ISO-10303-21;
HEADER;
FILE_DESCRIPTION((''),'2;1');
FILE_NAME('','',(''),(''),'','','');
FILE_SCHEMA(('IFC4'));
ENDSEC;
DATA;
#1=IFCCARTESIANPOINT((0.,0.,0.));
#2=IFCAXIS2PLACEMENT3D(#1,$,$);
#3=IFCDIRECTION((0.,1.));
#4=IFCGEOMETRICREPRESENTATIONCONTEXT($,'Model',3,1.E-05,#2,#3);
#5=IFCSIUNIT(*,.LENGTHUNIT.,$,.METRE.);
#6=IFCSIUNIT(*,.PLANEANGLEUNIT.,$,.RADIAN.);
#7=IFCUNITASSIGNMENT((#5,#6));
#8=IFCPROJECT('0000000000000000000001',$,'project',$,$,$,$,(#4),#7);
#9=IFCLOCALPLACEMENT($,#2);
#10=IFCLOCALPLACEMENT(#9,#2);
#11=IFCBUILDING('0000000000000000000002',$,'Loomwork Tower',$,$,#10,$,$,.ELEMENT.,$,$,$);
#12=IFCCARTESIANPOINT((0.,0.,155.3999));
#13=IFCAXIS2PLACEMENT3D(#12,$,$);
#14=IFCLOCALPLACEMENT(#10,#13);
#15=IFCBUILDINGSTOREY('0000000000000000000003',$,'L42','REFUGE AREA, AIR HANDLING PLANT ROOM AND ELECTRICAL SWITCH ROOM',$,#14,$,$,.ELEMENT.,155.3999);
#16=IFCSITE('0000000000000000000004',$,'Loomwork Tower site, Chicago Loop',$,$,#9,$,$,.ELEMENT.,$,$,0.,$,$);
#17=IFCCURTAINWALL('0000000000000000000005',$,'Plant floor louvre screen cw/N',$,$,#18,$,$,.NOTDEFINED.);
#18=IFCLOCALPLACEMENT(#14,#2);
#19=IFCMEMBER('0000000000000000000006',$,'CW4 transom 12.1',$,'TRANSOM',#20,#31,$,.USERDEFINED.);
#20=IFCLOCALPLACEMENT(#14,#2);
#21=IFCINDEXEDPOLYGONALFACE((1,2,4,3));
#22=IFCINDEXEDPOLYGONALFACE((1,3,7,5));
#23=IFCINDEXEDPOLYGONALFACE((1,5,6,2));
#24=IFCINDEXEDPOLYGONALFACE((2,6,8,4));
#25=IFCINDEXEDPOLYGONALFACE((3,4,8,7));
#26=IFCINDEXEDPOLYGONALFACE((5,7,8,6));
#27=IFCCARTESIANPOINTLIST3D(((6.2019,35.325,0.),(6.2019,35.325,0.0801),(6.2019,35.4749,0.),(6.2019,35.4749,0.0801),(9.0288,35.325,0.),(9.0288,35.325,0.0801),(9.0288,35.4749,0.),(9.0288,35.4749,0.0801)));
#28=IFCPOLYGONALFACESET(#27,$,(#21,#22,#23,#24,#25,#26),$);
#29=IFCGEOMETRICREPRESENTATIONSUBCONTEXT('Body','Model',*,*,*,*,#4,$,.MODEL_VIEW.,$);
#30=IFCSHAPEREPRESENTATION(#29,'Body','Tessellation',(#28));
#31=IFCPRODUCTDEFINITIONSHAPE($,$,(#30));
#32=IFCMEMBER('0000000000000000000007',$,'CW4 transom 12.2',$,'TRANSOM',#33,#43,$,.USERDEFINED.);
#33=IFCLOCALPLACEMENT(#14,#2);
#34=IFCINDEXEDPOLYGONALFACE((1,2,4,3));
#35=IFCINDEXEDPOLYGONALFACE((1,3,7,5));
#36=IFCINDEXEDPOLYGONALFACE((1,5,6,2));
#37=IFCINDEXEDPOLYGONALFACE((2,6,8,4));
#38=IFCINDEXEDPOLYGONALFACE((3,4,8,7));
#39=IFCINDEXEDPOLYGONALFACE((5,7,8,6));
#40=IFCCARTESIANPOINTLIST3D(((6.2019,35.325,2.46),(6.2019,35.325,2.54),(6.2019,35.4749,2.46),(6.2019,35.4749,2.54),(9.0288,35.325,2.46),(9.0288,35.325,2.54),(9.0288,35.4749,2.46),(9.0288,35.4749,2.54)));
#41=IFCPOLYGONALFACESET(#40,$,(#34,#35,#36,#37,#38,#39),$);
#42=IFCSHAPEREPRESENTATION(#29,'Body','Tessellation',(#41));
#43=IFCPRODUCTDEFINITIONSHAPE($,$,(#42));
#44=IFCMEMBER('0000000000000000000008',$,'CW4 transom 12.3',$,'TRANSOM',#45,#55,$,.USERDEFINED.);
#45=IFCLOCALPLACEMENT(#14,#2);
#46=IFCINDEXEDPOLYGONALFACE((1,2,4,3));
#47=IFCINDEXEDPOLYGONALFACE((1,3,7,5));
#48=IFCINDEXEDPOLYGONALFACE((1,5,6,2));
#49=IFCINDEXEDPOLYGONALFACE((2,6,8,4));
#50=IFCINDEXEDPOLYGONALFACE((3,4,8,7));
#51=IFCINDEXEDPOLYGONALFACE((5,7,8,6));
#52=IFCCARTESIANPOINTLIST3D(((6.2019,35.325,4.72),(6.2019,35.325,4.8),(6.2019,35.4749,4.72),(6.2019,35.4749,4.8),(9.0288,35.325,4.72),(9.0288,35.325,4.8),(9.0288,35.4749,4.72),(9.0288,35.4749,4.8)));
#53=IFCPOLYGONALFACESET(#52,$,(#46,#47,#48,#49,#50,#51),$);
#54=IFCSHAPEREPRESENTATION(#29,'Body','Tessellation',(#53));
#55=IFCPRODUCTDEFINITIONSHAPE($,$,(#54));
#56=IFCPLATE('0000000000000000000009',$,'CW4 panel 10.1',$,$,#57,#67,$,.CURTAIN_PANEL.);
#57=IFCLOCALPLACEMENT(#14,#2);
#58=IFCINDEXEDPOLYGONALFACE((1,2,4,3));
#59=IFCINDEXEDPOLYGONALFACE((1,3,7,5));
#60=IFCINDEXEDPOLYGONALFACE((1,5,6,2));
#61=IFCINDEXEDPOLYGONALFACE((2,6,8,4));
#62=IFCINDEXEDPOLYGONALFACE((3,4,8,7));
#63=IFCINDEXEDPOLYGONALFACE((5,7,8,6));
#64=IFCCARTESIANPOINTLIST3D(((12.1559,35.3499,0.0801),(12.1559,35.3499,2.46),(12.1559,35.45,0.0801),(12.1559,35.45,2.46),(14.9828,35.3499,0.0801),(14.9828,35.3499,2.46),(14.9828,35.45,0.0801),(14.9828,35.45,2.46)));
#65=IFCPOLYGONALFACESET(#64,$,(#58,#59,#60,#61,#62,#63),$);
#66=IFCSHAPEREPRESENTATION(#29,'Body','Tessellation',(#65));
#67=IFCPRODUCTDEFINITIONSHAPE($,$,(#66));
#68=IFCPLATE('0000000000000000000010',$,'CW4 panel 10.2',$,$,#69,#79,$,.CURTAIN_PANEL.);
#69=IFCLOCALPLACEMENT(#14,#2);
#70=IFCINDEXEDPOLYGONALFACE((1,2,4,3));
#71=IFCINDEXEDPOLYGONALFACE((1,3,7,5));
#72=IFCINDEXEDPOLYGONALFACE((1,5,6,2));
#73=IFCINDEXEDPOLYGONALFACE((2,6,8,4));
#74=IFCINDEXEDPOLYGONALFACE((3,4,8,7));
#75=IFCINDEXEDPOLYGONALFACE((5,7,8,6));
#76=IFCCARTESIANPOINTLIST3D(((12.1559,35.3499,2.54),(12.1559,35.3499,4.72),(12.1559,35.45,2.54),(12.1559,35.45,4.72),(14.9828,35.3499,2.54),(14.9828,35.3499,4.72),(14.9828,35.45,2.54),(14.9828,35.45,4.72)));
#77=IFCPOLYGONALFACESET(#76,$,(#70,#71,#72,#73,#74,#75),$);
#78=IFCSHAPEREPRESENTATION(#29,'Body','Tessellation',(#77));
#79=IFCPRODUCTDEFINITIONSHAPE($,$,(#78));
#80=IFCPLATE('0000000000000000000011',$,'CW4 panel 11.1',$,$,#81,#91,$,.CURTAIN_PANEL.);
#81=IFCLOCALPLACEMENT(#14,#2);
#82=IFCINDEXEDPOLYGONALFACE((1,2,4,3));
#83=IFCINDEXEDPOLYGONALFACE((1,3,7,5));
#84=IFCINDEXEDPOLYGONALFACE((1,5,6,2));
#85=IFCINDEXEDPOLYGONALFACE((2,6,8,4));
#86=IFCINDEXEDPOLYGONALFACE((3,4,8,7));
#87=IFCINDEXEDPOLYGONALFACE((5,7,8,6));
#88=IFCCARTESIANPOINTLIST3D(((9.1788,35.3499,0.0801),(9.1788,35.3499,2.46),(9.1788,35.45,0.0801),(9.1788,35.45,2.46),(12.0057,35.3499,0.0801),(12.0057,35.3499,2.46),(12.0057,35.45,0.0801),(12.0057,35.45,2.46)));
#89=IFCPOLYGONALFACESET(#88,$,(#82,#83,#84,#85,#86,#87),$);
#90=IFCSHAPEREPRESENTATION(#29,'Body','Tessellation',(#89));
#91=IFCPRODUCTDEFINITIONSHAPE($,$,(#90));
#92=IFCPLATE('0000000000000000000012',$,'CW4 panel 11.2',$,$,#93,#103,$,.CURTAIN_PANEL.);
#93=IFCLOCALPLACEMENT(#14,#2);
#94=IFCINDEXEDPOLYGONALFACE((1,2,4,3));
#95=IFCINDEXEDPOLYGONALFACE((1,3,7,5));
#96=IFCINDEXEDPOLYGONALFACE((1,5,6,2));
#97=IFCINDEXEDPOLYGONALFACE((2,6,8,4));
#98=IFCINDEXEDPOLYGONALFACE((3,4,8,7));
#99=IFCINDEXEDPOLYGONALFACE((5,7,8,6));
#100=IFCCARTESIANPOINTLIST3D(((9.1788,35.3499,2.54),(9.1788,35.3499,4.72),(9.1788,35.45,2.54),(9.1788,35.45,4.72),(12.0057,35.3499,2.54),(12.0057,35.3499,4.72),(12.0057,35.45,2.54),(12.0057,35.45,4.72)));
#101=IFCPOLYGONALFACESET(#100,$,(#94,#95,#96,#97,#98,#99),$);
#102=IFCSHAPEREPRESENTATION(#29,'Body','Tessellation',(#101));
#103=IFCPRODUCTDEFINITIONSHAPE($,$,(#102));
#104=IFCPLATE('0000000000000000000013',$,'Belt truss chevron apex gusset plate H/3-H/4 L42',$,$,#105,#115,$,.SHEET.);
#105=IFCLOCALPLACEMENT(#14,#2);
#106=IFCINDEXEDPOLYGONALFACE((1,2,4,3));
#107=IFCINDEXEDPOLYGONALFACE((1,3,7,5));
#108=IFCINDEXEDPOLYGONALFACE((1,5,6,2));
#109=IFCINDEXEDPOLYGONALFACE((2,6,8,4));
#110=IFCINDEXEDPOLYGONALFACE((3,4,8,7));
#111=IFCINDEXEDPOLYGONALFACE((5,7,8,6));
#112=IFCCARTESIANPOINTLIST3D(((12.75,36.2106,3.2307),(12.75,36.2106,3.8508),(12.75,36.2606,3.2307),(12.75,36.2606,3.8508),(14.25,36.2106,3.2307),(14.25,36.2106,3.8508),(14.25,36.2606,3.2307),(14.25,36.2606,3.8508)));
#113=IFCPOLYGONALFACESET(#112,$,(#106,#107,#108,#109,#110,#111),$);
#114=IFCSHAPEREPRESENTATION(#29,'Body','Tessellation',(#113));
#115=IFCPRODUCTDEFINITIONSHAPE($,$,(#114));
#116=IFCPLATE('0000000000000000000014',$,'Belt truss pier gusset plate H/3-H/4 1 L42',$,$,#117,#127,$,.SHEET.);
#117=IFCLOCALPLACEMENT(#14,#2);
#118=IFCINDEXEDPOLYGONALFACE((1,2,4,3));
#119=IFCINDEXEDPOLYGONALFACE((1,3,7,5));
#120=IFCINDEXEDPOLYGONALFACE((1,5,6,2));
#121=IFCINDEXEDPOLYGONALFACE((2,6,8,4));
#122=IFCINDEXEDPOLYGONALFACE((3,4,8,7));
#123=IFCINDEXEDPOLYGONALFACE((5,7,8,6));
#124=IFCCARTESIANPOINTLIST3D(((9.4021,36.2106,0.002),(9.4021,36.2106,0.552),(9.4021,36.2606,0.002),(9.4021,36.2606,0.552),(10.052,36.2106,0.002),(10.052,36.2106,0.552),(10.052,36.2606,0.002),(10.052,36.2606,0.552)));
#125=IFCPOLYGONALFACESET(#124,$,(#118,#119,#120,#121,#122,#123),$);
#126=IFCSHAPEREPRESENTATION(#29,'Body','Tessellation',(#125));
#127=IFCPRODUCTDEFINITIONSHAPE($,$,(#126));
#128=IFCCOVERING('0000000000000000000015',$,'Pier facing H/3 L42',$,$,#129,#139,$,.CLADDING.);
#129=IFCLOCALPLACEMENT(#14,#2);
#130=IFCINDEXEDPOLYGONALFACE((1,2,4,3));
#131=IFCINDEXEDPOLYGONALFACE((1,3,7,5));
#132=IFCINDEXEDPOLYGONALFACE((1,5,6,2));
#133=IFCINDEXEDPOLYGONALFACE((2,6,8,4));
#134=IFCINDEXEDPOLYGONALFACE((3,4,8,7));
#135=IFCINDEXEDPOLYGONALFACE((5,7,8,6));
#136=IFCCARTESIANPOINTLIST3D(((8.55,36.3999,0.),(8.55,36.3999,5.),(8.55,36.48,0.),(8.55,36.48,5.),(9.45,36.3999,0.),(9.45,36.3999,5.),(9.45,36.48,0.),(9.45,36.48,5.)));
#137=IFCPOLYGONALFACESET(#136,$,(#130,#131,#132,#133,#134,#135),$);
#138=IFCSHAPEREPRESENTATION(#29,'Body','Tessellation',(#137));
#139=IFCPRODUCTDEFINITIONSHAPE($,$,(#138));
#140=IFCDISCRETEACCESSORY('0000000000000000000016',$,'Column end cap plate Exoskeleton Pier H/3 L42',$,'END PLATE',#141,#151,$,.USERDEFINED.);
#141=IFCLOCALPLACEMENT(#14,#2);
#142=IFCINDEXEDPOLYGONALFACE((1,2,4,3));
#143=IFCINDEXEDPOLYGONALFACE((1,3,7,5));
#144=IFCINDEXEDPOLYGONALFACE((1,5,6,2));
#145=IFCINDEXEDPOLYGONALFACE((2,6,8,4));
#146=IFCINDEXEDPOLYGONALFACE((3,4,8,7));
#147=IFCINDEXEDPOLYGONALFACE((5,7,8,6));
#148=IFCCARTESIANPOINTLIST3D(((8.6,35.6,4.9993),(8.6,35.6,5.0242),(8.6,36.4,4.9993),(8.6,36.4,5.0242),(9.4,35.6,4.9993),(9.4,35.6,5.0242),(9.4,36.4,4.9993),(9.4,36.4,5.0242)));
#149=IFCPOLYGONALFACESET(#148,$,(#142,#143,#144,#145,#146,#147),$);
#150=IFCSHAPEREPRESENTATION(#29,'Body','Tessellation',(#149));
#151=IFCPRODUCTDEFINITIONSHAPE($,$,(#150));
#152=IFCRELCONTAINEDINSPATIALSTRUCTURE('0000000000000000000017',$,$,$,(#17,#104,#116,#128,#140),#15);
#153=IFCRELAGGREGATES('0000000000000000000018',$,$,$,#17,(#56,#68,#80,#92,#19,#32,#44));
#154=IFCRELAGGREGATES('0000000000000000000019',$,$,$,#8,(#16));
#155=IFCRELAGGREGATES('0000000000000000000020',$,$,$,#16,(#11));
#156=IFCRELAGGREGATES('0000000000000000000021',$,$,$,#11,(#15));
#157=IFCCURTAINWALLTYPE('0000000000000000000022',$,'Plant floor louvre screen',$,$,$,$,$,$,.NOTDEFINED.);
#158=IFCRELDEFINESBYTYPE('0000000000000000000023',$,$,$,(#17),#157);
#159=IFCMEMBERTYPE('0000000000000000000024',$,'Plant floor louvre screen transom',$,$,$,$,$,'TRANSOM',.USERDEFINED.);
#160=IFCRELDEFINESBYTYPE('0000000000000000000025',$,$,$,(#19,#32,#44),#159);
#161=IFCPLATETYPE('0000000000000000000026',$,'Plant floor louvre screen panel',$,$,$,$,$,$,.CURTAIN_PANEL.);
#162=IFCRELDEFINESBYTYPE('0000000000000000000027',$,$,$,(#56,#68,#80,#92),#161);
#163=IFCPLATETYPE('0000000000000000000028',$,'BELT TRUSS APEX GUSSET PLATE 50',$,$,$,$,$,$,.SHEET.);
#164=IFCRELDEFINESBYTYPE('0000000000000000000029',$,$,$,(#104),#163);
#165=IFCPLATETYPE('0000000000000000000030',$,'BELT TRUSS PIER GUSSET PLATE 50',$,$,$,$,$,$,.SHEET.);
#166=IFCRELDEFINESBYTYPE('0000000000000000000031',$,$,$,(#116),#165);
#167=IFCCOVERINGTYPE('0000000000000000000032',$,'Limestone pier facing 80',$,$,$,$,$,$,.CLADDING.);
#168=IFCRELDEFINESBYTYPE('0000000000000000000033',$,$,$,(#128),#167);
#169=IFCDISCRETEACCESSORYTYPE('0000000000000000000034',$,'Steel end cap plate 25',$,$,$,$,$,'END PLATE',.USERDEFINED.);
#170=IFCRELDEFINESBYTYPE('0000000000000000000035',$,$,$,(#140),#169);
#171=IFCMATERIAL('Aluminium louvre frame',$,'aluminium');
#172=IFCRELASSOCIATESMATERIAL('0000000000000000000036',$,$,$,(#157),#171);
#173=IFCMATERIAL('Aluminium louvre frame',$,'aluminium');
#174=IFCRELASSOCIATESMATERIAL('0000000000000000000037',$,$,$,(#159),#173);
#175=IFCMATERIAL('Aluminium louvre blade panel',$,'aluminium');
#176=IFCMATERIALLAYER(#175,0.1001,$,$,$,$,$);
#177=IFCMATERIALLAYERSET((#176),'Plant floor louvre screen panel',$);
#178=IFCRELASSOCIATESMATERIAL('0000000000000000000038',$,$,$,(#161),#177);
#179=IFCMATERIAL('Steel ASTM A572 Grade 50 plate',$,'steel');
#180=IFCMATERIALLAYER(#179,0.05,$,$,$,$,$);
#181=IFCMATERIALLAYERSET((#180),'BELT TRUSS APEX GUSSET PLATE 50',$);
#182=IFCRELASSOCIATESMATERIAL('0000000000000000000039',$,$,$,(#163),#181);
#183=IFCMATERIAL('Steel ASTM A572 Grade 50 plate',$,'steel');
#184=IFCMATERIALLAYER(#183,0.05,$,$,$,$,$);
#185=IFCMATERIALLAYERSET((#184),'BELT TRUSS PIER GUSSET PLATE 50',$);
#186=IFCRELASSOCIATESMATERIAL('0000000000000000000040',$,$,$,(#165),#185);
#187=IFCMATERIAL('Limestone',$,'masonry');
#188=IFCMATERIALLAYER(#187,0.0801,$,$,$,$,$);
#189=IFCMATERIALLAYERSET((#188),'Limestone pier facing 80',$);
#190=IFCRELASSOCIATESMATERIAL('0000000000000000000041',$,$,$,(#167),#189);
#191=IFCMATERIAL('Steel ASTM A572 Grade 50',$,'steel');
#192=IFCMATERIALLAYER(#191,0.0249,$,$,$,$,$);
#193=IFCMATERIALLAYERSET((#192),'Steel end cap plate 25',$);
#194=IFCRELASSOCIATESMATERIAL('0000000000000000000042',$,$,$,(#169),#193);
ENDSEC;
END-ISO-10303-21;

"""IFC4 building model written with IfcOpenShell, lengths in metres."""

from ifc_helpers import new_model, si_unit, direction, frame, origin, origin_2d, place, context, subcontext, project, spatial, rectangle, extrude, material, layer, layer_set, material_profile, profile_set, type_object, element, aggregate, save


model = new_model("IFC4")

# Units and contexts
model_context = context("Model", 3, precision=1e-05, world=origin(), true_north=direction((0.0, 1.0)))
body_context = subcontext(model_context, "Body", "Model", "MODEL_VIEW")
ifc_project = project(units=[si_unit("LENGTHUNIT", "METRE"), si_unit("PLANEANGLEUNIT", "RADIAN")], contexts=[model_context])

# Site, building, storey
site_placement = place(None, origin())
site = spatial("IfcSite", under=ifc_project, at=site_placement, Name="Loomwork Tower site, Chicago Loop", CompositionType="ELEMENT", RefElevation=0.0)
building_placement = place(site_placement, origin())
building = spatial("IfcBuilding", under=site, at=building_placement, Name="Loomwork Tower", CompositionType="ELEMENT")
storey_placement = place(building_placement, frame((0.0, 0.0, 155.3999)))
storey = spatial("IfcBuildingStorey", under=building, at=storey_placement, Name="L42", Description="REFUGE AREA, AIR HANDLING PLANT ROOM AND ELECTRICAL SWITCH ROOM", CompositionType="ELEMENT", Elevation=155.3999)

# Curtain wall, members, plates
ifc_material_1 = material(Name="Aluminium louvre frame", Category="aluminium")
curtain_wall_type = type_object("IfcCurtainWallType", Name="Plant floor louvre screen", PredefinedType="NOTDEFINED", material=ifc_material_1)
curtain_wall_placement = place(storey_placement, origin())
curtain_wall = element("IfcCurtainWall", 1, at=curtain_wall_placement, inside=storey, type_object=curtain_wall_type, Name="Plant floor louvre screen cw/N", PredefinedType="NOTDEFINED")
ifc_material_2 = material(Name="Aluminium louvre frame", Category="aluminium")
ifc_material_profile_1 = material_profile(ifc_material_2, rectangle(XDim=0.1499, YDim=0.0801, at=origin_2d()), Name="AL 80x150")
ifc_profile_set_1 = profile_set([ifc_material_profile_1], Name="Aluminium louvre frame")
member_type_1 = type_object("IfcMemberType", Name="Plant floor louvre screen transom", ElementType="TRANSOM", PredefinedType="USERDEFINED", material=ifc_profile_set_1)
member_1_placement = place(storey_placement, frame((9.0288, 35.3999, 0.04), z_axis=(-1.0, 0.0, 0.0), x_axis=(0.0, -1.0, 0.0)))
member_1 = element("IfcMember", 2, at=member_1_placement, type_object=member_type_1, Name="CW4 transom 12.1", ObjectType="TRANSOM", PredefinedType="USERDEFINED", context=body_context, shape_type="SweptSolid", body=[
    extrude(rectangle(XDim=0.1499, YDim=0.0801, at=origin_2d()), origin(), (0.0, 0.0, 1.0), 2.8269),
])
member_2_placement = place(storey_placement, frame((9.0288, 35.3999, 2.5), z_axis=(-1.0, 0.0, 0.0), x_axis=(0.0, -1.0, 0.0)))
member_2 = element("IfcMember", 3, at=member_2_placement, type_object=member_type_1, Name="CW4 transom 12.2", ObjectType="TRANSOM", PredefinedType="USERDEFINED", context=body_context, shape_type="SweptSolid", body=[
    extrude(rectangle(XDim=0.1499, YDim=0.0801, at=origin_2d()), origin(), (0.0, 0.0, 1.0), 2.8269),
])
member_3_placement = place(storey_placement, frame((9.0288, 35.3999, 4.76), z_axis=(-1.0, 0.0, 0.0), x_axis=(0.0, -1.0, 0.0)))
member_3 = element("IfcMember", 4, at=member_3_placement, type_object=member_type_1, Name="CW4 transom 12.3", ObjectType="TRANSOM", PredefinedType="USERDEFINED", context=body_context, shape_type="SweptSolid", body=[
    extrude(rectangle(XDim=0.1499, YDim=0.0801, at=origin_2d()), origin(), (0.0, 0.0, 1.0), 2.8269),
])
ifc_material_3 = material(Name="Aluminium louvre blade panel", Category="aluminium")
ifc_layer_1 = layer(ifc_material_3, 0.1001)
ifc_layer_set_1 = layer_set([ifc_layer_1], Name="Plant floor louvre screen panel")
plate_type_1 = type_object("IfcPlateType", Name="Plant floor louvre screen panel", PredefinedType="CURTAIN_PANEL", material=ifc_layer_set_1)
plate_1_placement = place(storey_placement, frame((13.5693, 35.3999, 0.0801), z_axis=(0.0, 0.0, 1.0), x_axis=(-1.0, 0.0, 0.0)))
plate_1 = element("IfcPlate", 5, at=plate_1_placement, type_object=plate_type_1, Name="CW4 panel 10.1", PredefinedType="CURTAIN_PANEL", context=body_context, shape_type="SweptSolid", body=[
    extrude(rectangle(XDim=2.8269, YDim=0.1001, at=origin_2d()), origin(), (0.0, 0.0, 1.0), 2.3799),
])
plate_2_placement = place(storey_placement, frame((13.5693, 35.3999, 2.54), z_axis=(0.0, 0.0, 1.0), x_axis=(-1.0, 0.0, 0.0)))
plate_2 = element("IfcPlate", 6, at=plate_2_placement, type_object=plate_type_1, Name="CW4 panel 10.2", PredefinedType="CURTAIN_PANEL", context=body_context, shape_type="SweptSolid", body=[
    extrude(rectangle(XDim=2.8269, YDim=0.1001, at=origin_2d()), origin(), (0.0, 0.0, 1.0), 2.1799),
])
plate_3_placement = place(storey_placement, frame((10.5923, 35.3999, 0.0801), z_axis=(0.0, 0.0, 1.0), x_axis=(-1.0, 0.0, 0.0)))
plate_3 = element("IfcPlate", 7, at=plate_3_placement, type_object=plate_type_1, Name="CW4 panel 11.1", PredefinedType="CURTAIN_PANEL", context=body_context, shape_type="SweptSolid", body=[
    extrude(rectangle(XDim=2.8269, YDim=0.1001, at=origin_2d()), origin(), (0.0, 0.0, 1.0), 2.3799),
])
plate_4_placement = place(storey_placement, frame((10.5923, 35.3999, 2.54), z_axis=(0.0, 0.0, 1.0), x_axis=(-1.0, 0.0, 0.0)))
plate_4 = element("IfcPlate", 8, at=plate_4_placement, type_object=plate_type_1, Name="CW4 panel 11.2", PredefinedType="CURTAIN_PANEL", context=body_context, shape_type="SweptSolid", body=[
    extrude(rectangle(XDim=2.8269, YDim=0.1001, at=origin_2d()), origin(), (0.0, 0.0, 1.0), 2.1799),
])
aggregate(curtain_wall, [plate_1, plate_2, plate_3, plate_4, member_1, member_2, member_3])

# Plates
ifc_material_4 = material(Name="Steel ASTM A572 Grade 50 plate", Category="steel")
ifc_layer_2 = layer(ifc_material_4, 0.05)
ifc_layer_set_2 = layer_set([ifc_layer_2], Name="BELT TRUSS APEX GUSSET PLATE 50")
plate_type_2 = type_object("IfcPlateType", Name="BELT TRUSS APEX GUSSET PLATE 50", PredefinedType="SHEET", material=ifc_layer_set_2)
plate_5_placement = place(storey_placement, frame((13.5, 36.2356, 3.2307), z_axis=(0.0, 0.0, 1.0), x_axis=(1.0, 0.0, 0.0)))
element("IfcPlate", 9, at=plate_5_placement, inside=storey, type_object=plate_type_2, Name="Belt truss chevron apex gusset plate H/3-H/4 L42", PredefinedType="SHEET", context=body_context, shape_type="SweptSolid", body=[
    extrude(rectangle(XDim=1.5, YDim=0.05, at=origin_2d()), origin(), (0.0, 0.0, 1.0), 0.6201),
])
ifc_material_5 = material(Name="Steel ASTM A572 Grade 50 plate", Category="steel")
ifc_layer_3 = layer(ifc_material_5, 0.05)
ifc_layer_set_3 = layer_set([ifc_layer_3], Name="BELT TRUSS PIER GUSSET PLATE 50")
plate_type_3 = type_object("IfcPlateType", Name="BELT TRUSS PIER GUSSET PLATE 50", PredefinedType="SHEET", material=ifc_layer_set_3)
plate_6_placement = place(storey_placement, frame((9.7271, 36.2356, 0.002), z_axis=(0.0, 0.0, 1.0), x_axis=(1.0, 0.0, 0.0)))
element("IfcPlate", 10, at=plate_6_placement, inside=storey, type_object=plate_type_3, Name="Belt truss pier gusset plate H/3-H/4 1 L42", PredefinedType="SHEET", context=body_context, shape_type="SweptSolid", body=[
    extrude(rectangle(XDim=0.6499, YDim=0.05, at=origin_2d()), origin(), (0.0, 0.0, 1.0), 0.55),
])

# Covering
ifc_material_6 = material(Name="Limestone", Category="masonry")
ifc_layer_4 = layer(ifc_material_6, 0.0801)
ifc_layer_set_4 = layer_set([ifc_layer_4], Name="Limestone pier facing 80")
covering_type = type_object("IfcCoveringType", Name="Limestone pier facing 80", PredefinedType="CLADDING", material=ifc_layer_set_4)
covering_placement = place(storey_placement, frame((9.0, 36.4399, 0.0), z_axis=(0.0, 0.0, 1.0), x_axis=(1.0, 0.0, 0.0)))
element("IfcCovering", 11, at=covering_placement, inside=storey, type_object=covering_type, Name="Pier facing H/3 L42", PredefinedType="CLADDING", context=body_context, shape_type="SweptSolid", body=[
    extrude(rectangle(XDim=0.8999, YDim=0.0801, at=origin_2d()), origin(), (0.0, 0.0, 1.0), 5.0),
])

# Discrete accessory
ifc_material_7 = material(Name="Steel ASTM A572 Grade 50", Category="steel")
ifc_layer_5 = layer(ifc_material_7, 0.0249)
ifc_layer_set_5 = layer_set([ifc_layer_5], Name="Steel end cap plate 25")
discrete_accessory_type = type_object("IfcDiscreteAccessoryType", Name="Steel end cap plate 25", ElementType="END PLATE", PredefinedType="USERDEFINED", material=ifc_layer_set_5)
discrete_accessory_placement = place(storey_placement, frame((9.0, 36.0, 4.9993), z_axis=(0.0, 0.0, 1.0), x_axis=(1.0, 0.0, 0.0)))
element("IfcDiscreteAccessory", 12, at=discrete_accessory_placement, inside=storey, type_object=discrete_accessory_type, Name="Column end cap plate Exoskeleton Pier H/3 L42", ObjectType="END PLATE", PredefinedType="USERDEFINED", context=body_context, shape_type="SweptSolid", body=[
    extrude(rectangle(XDim=0.8, YDim=0.8, at=origin_2d()), origin(), (0.0, 0.0, 1.0), 0.0249),
])

save(model, "model.ifc")
